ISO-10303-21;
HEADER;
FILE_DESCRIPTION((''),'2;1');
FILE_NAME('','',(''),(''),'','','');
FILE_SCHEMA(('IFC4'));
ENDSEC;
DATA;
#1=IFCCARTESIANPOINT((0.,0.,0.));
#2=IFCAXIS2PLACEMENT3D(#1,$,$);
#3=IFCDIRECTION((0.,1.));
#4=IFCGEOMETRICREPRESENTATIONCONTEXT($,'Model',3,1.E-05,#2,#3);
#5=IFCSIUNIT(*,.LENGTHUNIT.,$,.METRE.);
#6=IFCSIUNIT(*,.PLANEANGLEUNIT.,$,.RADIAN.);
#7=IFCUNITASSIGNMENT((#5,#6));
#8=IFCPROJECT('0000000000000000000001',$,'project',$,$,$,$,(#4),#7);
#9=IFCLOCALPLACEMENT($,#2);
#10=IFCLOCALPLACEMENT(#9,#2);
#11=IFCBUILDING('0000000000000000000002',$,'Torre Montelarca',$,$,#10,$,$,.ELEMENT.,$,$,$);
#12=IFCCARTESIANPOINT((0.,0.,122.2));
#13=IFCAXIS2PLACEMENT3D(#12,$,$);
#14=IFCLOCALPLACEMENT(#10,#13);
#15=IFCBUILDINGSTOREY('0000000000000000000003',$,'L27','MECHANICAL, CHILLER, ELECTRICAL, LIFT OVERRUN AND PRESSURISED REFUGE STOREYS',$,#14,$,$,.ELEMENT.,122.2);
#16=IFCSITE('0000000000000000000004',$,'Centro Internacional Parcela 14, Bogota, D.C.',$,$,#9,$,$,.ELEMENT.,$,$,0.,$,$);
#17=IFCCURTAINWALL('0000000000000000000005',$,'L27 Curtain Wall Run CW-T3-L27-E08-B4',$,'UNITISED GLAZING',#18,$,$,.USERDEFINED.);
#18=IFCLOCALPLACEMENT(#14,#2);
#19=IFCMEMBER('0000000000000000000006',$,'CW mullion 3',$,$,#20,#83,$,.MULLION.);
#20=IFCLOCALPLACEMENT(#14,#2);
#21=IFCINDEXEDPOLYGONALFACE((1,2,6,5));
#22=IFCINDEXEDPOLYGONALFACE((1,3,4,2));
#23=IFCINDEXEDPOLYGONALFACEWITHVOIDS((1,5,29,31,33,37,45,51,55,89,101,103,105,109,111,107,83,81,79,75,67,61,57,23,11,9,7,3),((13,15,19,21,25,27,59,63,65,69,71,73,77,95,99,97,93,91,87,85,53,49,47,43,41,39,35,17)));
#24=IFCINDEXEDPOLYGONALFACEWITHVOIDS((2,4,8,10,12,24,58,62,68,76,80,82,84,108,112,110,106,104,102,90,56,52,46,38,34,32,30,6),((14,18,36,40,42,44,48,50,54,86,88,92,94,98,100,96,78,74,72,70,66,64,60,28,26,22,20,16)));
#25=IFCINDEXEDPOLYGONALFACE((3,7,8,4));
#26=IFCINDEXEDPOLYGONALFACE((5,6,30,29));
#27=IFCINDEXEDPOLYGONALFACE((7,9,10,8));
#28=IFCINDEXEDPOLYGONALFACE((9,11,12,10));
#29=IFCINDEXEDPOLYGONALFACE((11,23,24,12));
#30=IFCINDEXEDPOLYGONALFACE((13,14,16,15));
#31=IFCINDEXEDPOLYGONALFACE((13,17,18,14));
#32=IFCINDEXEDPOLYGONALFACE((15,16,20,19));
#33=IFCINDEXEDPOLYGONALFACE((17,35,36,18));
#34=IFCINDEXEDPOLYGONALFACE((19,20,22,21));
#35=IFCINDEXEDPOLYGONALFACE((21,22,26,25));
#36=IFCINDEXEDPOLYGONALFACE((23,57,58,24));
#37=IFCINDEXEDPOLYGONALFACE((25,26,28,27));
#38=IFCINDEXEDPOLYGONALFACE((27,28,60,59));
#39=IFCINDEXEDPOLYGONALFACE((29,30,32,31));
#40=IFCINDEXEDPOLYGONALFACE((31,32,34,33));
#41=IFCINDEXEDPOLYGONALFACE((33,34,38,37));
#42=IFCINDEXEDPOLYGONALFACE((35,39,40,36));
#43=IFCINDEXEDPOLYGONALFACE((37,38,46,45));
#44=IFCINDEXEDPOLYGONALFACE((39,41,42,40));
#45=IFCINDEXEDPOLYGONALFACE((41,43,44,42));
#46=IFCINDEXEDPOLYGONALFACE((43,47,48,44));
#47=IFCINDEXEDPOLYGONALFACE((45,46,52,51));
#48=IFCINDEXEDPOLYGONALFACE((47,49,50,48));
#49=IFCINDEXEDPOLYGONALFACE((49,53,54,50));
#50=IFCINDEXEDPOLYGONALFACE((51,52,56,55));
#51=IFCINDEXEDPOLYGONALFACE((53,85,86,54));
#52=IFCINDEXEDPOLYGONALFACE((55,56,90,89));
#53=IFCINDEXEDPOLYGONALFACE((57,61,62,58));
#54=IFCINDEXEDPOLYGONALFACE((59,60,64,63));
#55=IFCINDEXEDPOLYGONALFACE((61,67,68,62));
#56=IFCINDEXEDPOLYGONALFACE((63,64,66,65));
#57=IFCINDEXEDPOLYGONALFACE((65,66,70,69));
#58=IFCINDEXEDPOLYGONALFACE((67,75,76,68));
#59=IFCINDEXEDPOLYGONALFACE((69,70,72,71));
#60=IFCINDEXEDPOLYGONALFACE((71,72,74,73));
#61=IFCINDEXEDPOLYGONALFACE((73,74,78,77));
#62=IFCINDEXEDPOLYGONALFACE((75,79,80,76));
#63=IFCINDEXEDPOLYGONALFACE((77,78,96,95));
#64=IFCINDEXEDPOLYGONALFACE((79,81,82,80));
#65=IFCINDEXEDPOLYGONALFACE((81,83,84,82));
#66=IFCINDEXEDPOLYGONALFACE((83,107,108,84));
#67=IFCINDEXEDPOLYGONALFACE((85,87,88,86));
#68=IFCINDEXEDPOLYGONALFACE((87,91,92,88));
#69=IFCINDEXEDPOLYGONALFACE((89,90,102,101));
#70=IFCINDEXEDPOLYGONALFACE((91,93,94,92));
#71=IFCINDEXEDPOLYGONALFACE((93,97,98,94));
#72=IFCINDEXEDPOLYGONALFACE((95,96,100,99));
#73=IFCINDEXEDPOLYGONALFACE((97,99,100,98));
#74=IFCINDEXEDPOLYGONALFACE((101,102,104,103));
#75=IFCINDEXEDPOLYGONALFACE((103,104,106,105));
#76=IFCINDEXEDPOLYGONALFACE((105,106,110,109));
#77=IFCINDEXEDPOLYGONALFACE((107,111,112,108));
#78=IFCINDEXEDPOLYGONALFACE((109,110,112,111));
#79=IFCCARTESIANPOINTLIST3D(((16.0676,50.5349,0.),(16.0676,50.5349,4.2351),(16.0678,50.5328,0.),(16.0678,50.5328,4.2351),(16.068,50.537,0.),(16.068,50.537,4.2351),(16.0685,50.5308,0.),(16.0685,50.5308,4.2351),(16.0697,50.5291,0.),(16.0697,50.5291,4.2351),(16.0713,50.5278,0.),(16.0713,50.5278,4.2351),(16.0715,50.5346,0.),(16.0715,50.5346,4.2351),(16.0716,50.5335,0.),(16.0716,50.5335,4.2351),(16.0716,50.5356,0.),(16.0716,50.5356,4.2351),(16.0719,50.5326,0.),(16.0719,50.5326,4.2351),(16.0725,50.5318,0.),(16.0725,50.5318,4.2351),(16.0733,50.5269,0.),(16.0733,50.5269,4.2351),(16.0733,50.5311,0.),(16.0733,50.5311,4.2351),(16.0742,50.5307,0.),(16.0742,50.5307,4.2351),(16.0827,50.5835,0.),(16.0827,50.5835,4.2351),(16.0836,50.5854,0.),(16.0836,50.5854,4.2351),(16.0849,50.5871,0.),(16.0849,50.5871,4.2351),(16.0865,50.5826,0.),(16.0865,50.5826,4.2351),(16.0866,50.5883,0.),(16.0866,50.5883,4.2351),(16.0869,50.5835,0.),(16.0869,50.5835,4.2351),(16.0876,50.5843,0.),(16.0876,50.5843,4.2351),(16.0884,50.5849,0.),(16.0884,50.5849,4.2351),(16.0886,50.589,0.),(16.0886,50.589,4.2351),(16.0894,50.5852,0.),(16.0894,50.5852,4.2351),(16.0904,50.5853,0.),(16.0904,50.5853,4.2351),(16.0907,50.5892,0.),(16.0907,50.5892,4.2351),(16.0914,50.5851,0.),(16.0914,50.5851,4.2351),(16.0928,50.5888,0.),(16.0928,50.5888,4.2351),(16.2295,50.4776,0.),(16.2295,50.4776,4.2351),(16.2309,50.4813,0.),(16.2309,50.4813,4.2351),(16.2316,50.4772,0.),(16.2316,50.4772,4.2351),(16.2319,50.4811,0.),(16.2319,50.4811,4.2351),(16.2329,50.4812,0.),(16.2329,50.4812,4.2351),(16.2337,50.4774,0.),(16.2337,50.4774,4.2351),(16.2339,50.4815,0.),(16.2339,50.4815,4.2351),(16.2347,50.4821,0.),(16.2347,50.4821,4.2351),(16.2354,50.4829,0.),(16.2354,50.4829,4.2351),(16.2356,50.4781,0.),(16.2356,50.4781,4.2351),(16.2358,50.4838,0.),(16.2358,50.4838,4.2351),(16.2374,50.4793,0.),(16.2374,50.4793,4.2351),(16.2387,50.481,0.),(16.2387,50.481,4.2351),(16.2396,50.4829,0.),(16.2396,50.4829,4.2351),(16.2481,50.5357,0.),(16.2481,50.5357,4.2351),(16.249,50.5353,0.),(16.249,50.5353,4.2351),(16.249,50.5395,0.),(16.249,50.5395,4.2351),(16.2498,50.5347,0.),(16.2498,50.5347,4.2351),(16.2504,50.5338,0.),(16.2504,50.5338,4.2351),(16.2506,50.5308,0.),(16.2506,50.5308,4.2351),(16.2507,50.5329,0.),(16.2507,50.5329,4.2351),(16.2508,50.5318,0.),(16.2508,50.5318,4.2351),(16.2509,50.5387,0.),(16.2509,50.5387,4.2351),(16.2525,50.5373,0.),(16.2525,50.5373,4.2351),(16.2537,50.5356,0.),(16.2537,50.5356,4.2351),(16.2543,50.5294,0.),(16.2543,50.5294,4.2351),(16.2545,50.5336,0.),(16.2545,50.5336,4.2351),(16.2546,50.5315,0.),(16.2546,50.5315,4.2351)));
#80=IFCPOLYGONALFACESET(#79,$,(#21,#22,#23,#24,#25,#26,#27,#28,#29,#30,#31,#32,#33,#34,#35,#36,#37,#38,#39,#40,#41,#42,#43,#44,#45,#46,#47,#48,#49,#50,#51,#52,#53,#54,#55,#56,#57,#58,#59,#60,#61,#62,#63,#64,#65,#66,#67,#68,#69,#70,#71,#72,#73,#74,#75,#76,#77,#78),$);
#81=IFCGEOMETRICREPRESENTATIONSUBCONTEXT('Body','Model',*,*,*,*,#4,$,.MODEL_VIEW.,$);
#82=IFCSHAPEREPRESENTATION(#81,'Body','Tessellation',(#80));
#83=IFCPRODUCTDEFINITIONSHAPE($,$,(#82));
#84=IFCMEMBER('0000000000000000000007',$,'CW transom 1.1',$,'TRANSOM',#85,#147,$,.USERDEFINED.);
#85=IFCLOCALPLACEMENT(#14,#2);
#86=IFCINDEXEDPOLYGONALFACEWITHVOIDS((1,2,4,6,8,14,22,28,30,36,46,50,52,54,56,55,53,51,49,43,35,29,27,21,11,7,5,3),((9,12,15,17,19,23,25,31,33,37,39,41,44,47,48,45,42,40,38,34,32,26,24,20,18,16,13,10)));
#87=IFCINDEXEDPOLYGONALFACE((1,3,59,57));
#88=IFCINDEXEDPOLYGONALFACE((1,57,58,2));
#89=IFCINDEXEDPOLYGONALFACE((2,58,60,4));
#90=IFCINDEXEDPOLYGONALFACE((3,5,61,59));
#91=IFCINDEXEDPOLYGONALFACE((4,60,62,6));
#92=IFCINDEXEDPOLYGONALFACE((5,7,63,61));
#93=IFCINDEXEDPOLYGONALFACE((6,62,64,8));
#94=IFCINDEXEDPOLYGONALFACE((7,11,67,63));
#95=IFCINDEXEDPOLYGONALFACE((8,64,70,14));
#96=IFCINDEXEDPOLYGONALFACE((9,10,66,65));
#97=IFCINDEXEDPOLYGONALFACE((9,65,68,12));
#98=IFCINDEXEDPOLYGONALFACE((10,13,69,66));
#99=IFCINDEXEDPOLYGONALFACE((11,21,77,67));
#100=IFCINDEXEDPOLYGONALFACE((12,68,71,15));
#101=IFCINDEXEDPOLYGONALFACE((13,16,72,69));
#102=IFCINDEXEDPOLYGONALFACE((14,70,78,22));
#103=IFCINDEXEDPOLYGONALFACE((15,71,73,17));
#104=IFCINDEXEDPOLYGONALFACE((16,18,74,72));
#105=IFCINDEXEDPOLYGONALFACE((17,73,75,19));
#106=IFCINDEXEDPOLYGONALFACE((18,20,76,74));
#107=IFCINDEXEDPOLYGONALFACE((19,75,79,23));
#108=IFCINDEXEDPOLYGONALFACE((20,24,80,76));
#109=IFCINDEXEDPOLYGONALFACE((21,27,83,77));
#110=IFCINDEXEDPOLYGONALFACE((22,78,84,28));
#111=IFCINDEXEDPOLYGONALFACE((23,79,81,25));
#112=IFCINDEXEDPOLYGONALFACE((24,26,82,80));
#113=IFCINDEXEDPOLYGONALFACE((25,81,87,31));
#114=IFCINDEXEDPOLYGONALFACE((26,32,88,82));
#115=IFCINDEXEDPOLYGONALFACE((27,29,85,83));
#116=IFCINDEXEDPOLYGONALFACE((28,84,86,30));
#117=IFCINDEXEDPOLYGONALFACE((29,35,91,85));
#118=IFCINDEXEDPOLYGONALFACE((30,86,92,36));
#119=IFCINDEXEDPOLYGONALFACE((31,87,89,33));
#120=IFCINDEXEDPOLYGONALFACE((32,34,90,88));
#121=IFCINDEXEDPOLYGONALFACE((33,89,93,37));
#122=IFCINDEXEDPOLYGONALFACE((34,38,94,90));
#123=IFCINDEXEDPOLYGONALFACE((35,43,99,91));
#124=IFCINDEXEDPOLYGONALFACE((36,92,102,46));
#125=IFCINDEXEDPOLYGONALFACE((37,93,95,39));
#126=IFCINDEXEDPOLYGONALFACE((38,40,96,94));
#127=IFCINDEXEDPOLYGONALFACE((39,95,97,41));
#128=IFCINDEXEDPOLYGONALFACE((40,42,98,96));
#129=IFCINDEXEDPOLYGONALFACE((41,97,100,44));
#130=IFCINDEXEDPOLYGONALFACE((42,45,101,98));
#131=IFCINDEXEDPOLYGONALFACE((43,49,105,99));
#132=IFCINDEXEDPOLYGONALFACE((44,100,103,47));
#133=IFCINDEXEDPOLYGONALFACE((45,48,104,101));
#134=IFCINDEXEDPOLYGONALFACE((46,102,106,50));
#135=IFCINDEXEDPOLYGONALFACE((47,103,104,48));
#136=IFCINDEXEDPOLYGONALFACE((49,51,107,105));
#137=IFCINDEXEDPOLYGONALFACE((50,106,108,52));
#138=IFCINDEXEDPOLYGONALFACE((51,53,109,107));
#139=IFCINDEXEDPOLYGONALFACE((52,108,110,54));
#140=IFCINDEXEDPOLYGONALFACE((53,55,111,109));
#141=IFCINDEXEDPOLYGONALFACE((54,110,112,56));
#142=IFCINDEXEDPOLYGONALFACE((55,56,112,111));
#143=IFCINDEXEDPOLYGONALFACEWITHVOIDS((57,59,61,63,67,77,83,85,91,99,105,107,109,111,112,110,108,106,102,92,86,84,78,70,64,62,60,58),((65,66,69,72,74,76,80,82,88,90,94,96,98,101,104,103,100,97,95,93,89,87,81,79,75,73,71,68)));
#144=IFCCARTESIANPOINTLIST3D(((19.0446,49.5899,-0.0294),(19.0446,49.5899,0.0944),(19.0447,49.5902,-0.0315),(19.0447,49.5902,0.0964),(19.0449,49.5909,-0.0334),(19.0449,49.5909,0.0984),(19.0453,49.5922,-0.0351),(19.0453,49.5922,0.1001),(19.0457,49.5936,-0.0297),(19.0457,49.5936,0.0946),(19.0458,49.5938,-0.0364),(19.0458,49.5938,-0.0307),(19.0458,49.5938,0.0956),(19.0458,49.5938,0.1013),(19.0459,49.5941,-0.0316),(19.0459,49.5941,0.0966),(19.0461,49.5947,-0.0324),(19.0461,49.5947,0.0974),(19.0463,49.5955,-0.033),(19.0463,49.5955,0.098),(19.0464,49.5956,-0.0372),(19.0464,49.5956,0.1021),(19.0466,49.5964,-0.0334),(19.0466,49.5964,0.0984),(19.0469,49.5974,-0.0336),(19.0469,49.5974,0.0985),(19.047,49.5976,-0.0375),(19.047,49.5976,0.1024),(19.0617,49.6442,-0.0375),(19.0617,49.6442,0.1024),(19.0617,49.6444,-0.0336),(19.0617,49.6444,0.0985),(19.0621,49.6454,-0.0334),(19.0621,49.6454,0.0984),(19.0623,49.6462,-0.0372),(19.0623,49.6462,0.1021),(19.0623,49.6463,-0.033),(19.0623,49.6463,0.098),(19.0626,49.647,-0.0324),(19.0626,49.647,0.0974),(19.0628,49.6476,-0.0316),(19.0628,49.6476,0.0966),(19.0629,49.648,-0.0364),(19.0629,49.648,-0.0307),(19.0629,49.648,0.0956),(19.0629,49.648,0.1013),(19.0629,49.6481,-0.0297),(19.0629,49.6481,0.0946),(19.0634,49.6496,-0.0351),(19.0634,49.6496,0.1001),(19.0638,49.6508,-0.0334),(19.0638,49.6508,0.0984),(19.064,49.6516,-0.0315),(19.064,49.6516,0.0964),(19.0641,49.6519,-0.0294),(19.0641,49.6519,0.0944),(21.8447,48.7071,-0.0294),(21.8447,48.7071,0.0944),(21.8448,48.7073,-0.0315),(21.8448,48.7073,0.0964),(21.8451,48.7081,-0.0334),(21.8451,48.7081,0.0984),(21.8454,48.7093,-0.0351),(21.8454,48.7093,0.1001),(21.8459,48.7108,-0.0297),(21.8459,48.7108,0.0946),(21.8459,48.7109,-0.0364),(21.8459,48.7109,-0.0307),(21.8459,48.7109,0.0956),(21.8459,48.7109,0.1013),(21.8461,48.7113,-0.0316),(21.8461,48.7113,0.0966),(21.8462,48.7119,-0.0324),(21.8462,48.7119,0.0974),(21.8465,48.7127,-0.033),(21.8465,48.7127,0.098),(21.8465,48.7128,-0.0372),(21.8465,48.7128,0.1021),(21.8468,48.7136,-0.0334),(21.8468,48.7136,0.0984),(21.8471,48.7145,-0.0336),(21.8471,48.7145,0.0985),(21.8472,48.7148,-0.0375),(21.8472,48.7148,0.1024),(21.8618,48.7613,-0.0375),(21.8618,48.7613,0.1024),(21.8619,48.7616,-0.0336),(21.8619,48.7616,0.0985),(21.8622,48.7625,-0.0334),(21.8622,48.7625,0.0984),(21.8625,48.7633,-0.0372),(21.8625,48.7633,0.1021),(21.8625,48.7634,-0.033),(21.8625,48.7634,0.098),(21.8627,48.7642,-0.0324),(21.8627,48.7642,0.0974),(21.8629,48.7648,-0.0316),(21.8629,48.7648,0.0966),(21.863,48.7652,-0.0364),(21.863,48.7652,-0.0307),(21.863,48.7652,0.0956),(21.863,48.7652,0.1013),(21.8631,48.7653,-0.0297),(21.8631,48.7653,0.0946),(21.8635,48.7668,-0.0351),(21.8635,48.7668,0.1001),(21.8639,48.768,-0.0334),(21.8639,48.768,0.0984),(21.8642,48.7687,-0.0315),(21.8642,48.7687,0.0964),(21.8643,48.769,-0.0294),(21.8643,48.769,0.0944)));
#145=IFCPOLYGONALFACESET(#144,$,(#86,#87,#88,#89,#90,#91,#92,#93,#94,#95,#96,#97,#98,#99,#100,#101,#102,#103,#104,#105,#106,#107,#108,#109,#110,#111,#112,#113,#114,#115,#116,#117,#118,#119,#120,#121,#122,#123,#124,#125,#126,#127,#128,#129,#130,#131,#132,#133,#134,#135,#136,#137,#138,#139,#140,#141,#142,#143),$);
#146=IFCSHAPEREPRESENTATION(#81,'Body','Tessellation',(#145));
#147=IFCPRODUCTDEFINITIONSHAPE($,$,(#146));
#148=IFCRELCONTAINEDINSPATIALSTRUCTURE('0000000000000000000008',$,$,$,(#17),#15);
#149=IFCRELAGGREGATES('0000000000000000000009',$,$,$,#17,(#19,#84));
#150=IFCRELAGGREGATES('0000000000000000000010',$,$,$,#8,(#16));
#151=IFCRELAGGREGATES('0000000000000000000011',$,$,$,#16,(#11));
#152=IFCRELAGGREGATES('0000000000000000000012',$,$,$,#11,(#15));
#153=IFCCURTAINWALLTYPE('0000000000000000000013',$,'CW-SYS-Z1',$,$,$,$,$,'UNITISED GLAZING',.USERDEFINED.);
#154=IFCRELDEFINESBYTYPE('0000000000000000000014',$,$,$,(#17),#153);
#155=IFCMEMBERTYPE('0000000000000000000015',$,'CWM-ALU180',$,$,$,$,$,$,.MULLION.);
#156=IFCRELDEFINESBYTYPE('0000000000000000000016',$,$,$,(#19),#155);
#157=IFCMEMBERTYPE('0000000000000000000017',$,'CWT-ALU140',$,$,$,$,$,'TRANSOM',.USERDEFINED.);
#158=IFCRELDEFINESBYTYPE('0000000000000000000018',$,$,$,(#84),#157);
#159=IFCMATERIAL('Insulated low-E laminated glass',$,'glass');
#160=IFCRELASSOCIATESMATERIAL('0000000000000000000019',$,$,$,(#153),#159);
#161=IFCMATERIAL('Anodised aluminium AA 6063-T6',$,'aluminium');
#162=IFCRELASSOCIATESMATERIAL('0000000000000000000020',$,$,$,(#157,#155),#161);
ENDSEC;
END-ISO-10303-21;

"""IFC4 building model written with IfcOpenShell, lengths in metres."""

from ifc_helpers import new_model, si_unit, direction, frame, origin, origin_2d, place, context, subcontext, project, spatial, hollow_rectangle, extrude, source, transform, mapped, material, material_profile, profile_set, type_object, element, aggregate, save


model = new_model("IFC4")

# Units and contexts
model_context = context("Model", 3, precision=1e-05, world=origin(), true_north=direction((0.0, 1.0)))
body_context = subcontext(model_context, "Body", "Model", "MODEL_VIEW")
ifc_project = project(units=[si_unit("LENGTHUNIT", "METRE"), si_unit("PLANEANGLEUNIT", "RADIAN")], contexts=[model_context])

# Site, building, storey
site_placement = place(None, origin())
site = spatial("IfcSite", under=ifc_project, at=site_placement, Name="Centro Internacional Parcela 14, Bogota, D.C.", CompositionType="ELEMENT", RefElevation=0.0)
building_placement = place(site_placement, origin())
building = spatial("IfcBuilding", under=site, at=building_placement, Name="Torre Montelarca", CompositionType="ELEMENT")
storey_placement = place(building_placement, frame((0.0, 0.0, 122.2)))
storey = spatial("IfcBuildingStorey", under=building, at=storey_placement, Name="L27", Description="MECHANICAL, CHILLER, ELECTRICAL, LIFT OVERRUN AND PRESSURISED REFUGE STOREYS", CompositionType="ELEMENT", Elevation=122.2)

# Shared definitions
ifc_material_1 = material(Name="Insulated low-E laminated glass", Category="glass")
curtain_wall_type = type_object("IfcCurtainWallType", Name="CW-SYS-Z1", ElementType="UNITISED GLAZING", PredefinedType="USERDEFINED", material=ifc_material_1)
ifc_material_2 = material(Name="Anodised aluminium AA 6063-T6", Category="aluminium")
ifc_material_profile_1 = material_profile(ifc_material_2, hollow_rectangle(XDim=0.0649, YDim=0.1399, WallThickness=0.0039, InnerFilletRadius=0.0039, OuterFilletRadius=0.0081, at=origin_2d()), Name="ALU65X140X4", Category="aluminium")
ifc_profile_set_1 = profile_set([ifc_material_profile_1], Name="Anodised aluminium AA 6063-T6")
member_type_1 = type_object("IfcMemberType", Name="CWT-ALU140", ElementType="TRANSOM", PredefinedType="USERDEFINED", material=ifc_profile_set_1)
ifc_material_profile_2 = material_profile(ifc_material_2, hollow_rectangle(XDim=0.0649, YDim=0.1799, WallThickness=0.0039, InnerFilletRadius=0.0039, OuterFilletRadius=0.0081, at=origin_2d()), Name="ALU65X180X4", Category="aluminium")
ifc_profile_set_2 = profile_set([ifc_material_profile_2], Name="Anodised aluminium AA 6063-T6")
member_type_2 = type_object("IfcMemberType", Name="CWM-ALU180", PredefinedType="MULLION", material=ifc_profile_set_2)

# Shared definitions
shared_shape_1 = source(origin(), body_context, "Body", "SweptSolid", [
    extrude(hollow_rectangle(XDim=0.0649, YDim=0.1799, WallThickness=0.0039, InnerFilletRadius=0.0039, OuterFilletRadius=0.0081, at=origin_2d()), origin(), (0.0, 0.0, 1.0), 4.2351),
])

# Curtain wall, members
curtain_wall_1_placement = place(storey_placement, origin())
curtain_wall_1 = element("IfcCurtainWall", 1, at=curtain_wall_1_placement, inside=storey, type_object=curtain_wall_type, Name="L27 Curtain Wall Run CW-T3-L27-E08-B4", ObjectType="UNITISED GLAZING", PredefinedType="USERDEFINED")
member_1_placement = place(storey_placement, frame((16.1611, 50.5332, 0.0), z_axis=(0.0, 0.0, 1.0), x_axis=(-0.300694, -0.953721, 0.0)))
member_1 = element("IfcMember", 2, at=member_1_placement, type_object=member_type_2, Name="CW mullion 3", PredefinedType="MULLION", context=body_context, shape_type="MappedRepresentation", body=[
    mapped(shared_shape_1, transform((0.0, 0.0, 0.0), scale=1.0)),
])
shared_shape_2 = source(origin(), body_context, "Body", "SweptSolid", [
    extrude(hollow_rectangle(XDim=0.0649, YDim=0.1399, WallThickness=0.0039, InnerFilletRadius=0.0039, OuterFilletRadius=0.0081, at=origin_2d()), origin(), (0.0, 0.0, 1.0), 2.936),
])
member_2_placement = place(storey_placement, frame((21.8545, 48.738, 0.0325), z_axis=(-0.953721, 0.300694, 0.0), x_axis=(-0.300694, -0.953721, 0.0)))
member_2 = element("IfcMember", 3, at=member_2_placement, type_object=member_type_1, Name="CW transom 1.1", ObjectType="TRANSOM", PredefinedType="USERDEFINED", context=body_context, shape_type="MappedRepresentation", body=[
    mapped(shared_shape_2, transform((0.0, 0.0, 0.0), scale=1.0)),
])

aggregate(curtain_wall_1, [member_1, member_2])

save(model, "model.ifc")
